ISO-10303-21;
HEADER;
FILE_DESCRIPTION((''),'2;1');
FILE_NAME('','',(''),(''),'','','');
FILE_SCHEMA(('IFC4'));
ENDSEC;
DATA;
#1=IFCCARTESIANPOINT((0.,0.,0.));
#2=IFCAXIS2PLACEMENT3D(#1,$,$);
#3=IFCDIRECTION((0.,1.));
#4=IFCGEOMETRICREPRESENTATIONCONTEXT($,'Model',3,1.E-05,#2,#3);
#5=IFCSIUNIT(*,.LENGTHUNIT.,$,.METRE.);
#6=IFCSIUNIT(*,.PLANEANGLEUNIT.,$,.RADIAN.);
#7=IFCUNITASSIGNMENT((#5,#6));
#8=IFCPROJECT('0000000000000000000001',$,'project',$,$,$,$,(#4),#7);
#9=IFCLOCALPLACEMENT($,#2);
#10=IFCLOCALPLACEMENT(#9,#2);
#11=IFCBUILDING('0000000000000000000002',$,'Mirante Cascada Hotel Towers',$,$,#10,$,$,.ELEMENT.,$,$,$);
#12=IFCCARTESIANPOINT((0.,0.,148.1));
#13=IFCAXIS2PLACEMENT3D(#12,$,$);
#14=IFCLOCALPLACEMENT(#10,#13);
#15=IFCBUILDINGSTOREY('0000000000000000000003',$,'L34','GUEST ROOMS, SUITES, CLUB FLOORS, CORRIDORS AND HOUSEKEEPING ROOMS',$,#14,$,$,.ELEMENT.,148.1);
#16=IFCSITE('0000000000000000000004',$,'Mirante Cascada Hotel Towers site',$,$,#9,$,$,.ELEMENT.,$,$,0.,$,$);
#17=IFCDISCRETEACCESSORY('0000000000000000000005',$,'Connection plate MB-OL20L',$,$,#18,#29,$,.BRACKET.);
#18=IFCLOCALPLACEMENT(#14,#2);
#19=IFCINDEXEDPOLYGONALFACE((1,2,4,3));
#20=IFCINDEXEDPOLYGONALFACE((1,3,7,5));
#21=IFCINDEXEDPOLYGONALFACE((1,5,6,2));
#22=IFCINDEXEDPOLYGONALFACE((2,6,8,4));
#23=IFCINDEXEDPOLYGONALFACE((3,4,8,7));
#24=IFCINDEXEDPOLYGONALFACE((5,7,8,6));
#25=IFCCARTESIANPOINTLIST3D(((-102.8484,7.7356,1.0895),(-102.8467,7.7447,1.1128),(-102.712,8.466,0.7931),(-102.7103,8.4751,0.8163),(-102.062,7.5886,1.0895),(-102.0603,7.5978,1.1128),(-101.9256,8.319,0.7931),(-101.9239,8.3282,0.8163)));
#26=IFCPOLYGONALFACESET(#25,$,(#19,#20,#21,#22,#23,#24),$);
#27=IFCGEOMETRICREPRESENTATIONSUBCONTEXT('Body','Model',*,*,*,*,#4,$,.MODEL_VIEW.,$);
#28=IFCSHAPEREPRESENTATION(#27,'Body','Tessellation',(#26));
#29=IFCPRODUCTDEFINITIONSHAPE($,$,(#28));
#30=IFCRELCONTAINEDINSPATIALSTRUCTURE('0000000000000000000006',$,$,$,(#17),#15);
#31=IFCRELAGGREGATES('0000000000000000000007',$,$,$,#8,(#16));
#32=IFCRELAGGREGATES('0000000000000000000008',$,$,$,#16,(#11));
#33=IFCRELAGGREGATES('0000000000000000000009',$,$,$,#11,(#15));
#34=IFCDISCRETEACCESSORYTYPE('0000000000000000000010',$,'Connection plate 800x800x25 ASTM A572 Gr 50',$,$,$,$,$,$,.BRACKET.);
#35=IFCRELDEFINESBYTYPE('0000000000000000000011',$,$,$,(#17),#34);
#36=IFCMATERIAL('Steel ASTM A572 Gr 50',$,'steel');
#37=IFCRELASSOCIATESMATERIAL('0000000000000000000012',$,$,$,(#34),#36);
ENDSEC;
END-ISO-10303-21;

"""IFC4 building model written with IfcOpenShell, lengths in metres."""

from ifc_helpers import new_model, si_unit, direction, frame, origin, origin_2d, place, context, subcontext, project, spatial, rectangle, extrude, material, material_profile, profile_set, type_object, element, save


model = new_model("IFC4")

# Units and contexts
model_context = context("Model", 3, precision=1e-05, world=origin(), true_north=direction((0.0, 1.0)))
body_context = subcontext(model_context, "Body", "Model", "MODEL_VIEW")
ifc_project = project(units=[si_unit("LENGTHUNIT", "METRE"), si_unit("PLANEANGLEUNIT", "RADIAN")], contexts=[model_context])

# Site, building, storey
site_placement = place(None, origin())
site = spatial("IfcSite", under=ifc_project, at=site_placement, Name="Mirante Cascada Hotel Towers site", CompositionType="ELEMENT", RefElevation=0.0)
building_placement = place(site_placement, origin())
building = spatial("IfcBuilding", under=site, at=building_placement, Name="Mirante Cascada Hotel Towers", CompositionType="ELEMENT")
storey_placement = place(building_placement, frame((0.0, 0.0, 148.1)))
storey = spatial("IfcBuildingStorey", under=building, at=storey_placement, Name="L34", Description="GUEST ROOMS, SUITES, CLUB FLOORS, CORRIDORS AND HOUSEKEEPING ROOMS", CompositionType="ELEMENT", Elevation=148.1)

# Discrete accessory
ifc_material_1 = material(Name="Steel ASTM A572 Gr 50", Category="steel")
ifc_material_profile_1 = material_profile(ifc_material_1, rectangle(XDim=0.8, YDim=0.8, at=origin_2d()), Name="Connection plate 800x800x25 ASTM A572 Gr 50")
ifc_profile_set_1 = profile_set([ifc_material_profile_1], Name="Steel ASTM A572 Gr 50")
discrete_accessory_type = type_object("IfcDiscreteAccessoryType", Name="Connection plate 800x800x25 ASTM A572 Gr 50", PredefinedType="BRACKET", material=ifc_profile_set_1)
discrete_accessory_placement = place(storey_placement, frame((-102.387, 8.0273, 0.9413), z_axis=(0.068058, 0.364309, 0.928788), x_axis=(-0.982994, 0.183636, 0.0)))
element("IfcDiscreteAccessory", 1, at=discrete_accessory_placement, inside=storey, type_object=discrete_accessory_type, Name="Connection plate MB-OL20L", PredefinedType="BRACKET", context=body_context, shape_type="SweptSolid", body=[
    extrude(rectangle(XDim=0.8, YDim=0.8, at=origin_2d()), origin(), (0.0, 0.0, 1.0), 0.025),
])

save(model, "model.ifc")
